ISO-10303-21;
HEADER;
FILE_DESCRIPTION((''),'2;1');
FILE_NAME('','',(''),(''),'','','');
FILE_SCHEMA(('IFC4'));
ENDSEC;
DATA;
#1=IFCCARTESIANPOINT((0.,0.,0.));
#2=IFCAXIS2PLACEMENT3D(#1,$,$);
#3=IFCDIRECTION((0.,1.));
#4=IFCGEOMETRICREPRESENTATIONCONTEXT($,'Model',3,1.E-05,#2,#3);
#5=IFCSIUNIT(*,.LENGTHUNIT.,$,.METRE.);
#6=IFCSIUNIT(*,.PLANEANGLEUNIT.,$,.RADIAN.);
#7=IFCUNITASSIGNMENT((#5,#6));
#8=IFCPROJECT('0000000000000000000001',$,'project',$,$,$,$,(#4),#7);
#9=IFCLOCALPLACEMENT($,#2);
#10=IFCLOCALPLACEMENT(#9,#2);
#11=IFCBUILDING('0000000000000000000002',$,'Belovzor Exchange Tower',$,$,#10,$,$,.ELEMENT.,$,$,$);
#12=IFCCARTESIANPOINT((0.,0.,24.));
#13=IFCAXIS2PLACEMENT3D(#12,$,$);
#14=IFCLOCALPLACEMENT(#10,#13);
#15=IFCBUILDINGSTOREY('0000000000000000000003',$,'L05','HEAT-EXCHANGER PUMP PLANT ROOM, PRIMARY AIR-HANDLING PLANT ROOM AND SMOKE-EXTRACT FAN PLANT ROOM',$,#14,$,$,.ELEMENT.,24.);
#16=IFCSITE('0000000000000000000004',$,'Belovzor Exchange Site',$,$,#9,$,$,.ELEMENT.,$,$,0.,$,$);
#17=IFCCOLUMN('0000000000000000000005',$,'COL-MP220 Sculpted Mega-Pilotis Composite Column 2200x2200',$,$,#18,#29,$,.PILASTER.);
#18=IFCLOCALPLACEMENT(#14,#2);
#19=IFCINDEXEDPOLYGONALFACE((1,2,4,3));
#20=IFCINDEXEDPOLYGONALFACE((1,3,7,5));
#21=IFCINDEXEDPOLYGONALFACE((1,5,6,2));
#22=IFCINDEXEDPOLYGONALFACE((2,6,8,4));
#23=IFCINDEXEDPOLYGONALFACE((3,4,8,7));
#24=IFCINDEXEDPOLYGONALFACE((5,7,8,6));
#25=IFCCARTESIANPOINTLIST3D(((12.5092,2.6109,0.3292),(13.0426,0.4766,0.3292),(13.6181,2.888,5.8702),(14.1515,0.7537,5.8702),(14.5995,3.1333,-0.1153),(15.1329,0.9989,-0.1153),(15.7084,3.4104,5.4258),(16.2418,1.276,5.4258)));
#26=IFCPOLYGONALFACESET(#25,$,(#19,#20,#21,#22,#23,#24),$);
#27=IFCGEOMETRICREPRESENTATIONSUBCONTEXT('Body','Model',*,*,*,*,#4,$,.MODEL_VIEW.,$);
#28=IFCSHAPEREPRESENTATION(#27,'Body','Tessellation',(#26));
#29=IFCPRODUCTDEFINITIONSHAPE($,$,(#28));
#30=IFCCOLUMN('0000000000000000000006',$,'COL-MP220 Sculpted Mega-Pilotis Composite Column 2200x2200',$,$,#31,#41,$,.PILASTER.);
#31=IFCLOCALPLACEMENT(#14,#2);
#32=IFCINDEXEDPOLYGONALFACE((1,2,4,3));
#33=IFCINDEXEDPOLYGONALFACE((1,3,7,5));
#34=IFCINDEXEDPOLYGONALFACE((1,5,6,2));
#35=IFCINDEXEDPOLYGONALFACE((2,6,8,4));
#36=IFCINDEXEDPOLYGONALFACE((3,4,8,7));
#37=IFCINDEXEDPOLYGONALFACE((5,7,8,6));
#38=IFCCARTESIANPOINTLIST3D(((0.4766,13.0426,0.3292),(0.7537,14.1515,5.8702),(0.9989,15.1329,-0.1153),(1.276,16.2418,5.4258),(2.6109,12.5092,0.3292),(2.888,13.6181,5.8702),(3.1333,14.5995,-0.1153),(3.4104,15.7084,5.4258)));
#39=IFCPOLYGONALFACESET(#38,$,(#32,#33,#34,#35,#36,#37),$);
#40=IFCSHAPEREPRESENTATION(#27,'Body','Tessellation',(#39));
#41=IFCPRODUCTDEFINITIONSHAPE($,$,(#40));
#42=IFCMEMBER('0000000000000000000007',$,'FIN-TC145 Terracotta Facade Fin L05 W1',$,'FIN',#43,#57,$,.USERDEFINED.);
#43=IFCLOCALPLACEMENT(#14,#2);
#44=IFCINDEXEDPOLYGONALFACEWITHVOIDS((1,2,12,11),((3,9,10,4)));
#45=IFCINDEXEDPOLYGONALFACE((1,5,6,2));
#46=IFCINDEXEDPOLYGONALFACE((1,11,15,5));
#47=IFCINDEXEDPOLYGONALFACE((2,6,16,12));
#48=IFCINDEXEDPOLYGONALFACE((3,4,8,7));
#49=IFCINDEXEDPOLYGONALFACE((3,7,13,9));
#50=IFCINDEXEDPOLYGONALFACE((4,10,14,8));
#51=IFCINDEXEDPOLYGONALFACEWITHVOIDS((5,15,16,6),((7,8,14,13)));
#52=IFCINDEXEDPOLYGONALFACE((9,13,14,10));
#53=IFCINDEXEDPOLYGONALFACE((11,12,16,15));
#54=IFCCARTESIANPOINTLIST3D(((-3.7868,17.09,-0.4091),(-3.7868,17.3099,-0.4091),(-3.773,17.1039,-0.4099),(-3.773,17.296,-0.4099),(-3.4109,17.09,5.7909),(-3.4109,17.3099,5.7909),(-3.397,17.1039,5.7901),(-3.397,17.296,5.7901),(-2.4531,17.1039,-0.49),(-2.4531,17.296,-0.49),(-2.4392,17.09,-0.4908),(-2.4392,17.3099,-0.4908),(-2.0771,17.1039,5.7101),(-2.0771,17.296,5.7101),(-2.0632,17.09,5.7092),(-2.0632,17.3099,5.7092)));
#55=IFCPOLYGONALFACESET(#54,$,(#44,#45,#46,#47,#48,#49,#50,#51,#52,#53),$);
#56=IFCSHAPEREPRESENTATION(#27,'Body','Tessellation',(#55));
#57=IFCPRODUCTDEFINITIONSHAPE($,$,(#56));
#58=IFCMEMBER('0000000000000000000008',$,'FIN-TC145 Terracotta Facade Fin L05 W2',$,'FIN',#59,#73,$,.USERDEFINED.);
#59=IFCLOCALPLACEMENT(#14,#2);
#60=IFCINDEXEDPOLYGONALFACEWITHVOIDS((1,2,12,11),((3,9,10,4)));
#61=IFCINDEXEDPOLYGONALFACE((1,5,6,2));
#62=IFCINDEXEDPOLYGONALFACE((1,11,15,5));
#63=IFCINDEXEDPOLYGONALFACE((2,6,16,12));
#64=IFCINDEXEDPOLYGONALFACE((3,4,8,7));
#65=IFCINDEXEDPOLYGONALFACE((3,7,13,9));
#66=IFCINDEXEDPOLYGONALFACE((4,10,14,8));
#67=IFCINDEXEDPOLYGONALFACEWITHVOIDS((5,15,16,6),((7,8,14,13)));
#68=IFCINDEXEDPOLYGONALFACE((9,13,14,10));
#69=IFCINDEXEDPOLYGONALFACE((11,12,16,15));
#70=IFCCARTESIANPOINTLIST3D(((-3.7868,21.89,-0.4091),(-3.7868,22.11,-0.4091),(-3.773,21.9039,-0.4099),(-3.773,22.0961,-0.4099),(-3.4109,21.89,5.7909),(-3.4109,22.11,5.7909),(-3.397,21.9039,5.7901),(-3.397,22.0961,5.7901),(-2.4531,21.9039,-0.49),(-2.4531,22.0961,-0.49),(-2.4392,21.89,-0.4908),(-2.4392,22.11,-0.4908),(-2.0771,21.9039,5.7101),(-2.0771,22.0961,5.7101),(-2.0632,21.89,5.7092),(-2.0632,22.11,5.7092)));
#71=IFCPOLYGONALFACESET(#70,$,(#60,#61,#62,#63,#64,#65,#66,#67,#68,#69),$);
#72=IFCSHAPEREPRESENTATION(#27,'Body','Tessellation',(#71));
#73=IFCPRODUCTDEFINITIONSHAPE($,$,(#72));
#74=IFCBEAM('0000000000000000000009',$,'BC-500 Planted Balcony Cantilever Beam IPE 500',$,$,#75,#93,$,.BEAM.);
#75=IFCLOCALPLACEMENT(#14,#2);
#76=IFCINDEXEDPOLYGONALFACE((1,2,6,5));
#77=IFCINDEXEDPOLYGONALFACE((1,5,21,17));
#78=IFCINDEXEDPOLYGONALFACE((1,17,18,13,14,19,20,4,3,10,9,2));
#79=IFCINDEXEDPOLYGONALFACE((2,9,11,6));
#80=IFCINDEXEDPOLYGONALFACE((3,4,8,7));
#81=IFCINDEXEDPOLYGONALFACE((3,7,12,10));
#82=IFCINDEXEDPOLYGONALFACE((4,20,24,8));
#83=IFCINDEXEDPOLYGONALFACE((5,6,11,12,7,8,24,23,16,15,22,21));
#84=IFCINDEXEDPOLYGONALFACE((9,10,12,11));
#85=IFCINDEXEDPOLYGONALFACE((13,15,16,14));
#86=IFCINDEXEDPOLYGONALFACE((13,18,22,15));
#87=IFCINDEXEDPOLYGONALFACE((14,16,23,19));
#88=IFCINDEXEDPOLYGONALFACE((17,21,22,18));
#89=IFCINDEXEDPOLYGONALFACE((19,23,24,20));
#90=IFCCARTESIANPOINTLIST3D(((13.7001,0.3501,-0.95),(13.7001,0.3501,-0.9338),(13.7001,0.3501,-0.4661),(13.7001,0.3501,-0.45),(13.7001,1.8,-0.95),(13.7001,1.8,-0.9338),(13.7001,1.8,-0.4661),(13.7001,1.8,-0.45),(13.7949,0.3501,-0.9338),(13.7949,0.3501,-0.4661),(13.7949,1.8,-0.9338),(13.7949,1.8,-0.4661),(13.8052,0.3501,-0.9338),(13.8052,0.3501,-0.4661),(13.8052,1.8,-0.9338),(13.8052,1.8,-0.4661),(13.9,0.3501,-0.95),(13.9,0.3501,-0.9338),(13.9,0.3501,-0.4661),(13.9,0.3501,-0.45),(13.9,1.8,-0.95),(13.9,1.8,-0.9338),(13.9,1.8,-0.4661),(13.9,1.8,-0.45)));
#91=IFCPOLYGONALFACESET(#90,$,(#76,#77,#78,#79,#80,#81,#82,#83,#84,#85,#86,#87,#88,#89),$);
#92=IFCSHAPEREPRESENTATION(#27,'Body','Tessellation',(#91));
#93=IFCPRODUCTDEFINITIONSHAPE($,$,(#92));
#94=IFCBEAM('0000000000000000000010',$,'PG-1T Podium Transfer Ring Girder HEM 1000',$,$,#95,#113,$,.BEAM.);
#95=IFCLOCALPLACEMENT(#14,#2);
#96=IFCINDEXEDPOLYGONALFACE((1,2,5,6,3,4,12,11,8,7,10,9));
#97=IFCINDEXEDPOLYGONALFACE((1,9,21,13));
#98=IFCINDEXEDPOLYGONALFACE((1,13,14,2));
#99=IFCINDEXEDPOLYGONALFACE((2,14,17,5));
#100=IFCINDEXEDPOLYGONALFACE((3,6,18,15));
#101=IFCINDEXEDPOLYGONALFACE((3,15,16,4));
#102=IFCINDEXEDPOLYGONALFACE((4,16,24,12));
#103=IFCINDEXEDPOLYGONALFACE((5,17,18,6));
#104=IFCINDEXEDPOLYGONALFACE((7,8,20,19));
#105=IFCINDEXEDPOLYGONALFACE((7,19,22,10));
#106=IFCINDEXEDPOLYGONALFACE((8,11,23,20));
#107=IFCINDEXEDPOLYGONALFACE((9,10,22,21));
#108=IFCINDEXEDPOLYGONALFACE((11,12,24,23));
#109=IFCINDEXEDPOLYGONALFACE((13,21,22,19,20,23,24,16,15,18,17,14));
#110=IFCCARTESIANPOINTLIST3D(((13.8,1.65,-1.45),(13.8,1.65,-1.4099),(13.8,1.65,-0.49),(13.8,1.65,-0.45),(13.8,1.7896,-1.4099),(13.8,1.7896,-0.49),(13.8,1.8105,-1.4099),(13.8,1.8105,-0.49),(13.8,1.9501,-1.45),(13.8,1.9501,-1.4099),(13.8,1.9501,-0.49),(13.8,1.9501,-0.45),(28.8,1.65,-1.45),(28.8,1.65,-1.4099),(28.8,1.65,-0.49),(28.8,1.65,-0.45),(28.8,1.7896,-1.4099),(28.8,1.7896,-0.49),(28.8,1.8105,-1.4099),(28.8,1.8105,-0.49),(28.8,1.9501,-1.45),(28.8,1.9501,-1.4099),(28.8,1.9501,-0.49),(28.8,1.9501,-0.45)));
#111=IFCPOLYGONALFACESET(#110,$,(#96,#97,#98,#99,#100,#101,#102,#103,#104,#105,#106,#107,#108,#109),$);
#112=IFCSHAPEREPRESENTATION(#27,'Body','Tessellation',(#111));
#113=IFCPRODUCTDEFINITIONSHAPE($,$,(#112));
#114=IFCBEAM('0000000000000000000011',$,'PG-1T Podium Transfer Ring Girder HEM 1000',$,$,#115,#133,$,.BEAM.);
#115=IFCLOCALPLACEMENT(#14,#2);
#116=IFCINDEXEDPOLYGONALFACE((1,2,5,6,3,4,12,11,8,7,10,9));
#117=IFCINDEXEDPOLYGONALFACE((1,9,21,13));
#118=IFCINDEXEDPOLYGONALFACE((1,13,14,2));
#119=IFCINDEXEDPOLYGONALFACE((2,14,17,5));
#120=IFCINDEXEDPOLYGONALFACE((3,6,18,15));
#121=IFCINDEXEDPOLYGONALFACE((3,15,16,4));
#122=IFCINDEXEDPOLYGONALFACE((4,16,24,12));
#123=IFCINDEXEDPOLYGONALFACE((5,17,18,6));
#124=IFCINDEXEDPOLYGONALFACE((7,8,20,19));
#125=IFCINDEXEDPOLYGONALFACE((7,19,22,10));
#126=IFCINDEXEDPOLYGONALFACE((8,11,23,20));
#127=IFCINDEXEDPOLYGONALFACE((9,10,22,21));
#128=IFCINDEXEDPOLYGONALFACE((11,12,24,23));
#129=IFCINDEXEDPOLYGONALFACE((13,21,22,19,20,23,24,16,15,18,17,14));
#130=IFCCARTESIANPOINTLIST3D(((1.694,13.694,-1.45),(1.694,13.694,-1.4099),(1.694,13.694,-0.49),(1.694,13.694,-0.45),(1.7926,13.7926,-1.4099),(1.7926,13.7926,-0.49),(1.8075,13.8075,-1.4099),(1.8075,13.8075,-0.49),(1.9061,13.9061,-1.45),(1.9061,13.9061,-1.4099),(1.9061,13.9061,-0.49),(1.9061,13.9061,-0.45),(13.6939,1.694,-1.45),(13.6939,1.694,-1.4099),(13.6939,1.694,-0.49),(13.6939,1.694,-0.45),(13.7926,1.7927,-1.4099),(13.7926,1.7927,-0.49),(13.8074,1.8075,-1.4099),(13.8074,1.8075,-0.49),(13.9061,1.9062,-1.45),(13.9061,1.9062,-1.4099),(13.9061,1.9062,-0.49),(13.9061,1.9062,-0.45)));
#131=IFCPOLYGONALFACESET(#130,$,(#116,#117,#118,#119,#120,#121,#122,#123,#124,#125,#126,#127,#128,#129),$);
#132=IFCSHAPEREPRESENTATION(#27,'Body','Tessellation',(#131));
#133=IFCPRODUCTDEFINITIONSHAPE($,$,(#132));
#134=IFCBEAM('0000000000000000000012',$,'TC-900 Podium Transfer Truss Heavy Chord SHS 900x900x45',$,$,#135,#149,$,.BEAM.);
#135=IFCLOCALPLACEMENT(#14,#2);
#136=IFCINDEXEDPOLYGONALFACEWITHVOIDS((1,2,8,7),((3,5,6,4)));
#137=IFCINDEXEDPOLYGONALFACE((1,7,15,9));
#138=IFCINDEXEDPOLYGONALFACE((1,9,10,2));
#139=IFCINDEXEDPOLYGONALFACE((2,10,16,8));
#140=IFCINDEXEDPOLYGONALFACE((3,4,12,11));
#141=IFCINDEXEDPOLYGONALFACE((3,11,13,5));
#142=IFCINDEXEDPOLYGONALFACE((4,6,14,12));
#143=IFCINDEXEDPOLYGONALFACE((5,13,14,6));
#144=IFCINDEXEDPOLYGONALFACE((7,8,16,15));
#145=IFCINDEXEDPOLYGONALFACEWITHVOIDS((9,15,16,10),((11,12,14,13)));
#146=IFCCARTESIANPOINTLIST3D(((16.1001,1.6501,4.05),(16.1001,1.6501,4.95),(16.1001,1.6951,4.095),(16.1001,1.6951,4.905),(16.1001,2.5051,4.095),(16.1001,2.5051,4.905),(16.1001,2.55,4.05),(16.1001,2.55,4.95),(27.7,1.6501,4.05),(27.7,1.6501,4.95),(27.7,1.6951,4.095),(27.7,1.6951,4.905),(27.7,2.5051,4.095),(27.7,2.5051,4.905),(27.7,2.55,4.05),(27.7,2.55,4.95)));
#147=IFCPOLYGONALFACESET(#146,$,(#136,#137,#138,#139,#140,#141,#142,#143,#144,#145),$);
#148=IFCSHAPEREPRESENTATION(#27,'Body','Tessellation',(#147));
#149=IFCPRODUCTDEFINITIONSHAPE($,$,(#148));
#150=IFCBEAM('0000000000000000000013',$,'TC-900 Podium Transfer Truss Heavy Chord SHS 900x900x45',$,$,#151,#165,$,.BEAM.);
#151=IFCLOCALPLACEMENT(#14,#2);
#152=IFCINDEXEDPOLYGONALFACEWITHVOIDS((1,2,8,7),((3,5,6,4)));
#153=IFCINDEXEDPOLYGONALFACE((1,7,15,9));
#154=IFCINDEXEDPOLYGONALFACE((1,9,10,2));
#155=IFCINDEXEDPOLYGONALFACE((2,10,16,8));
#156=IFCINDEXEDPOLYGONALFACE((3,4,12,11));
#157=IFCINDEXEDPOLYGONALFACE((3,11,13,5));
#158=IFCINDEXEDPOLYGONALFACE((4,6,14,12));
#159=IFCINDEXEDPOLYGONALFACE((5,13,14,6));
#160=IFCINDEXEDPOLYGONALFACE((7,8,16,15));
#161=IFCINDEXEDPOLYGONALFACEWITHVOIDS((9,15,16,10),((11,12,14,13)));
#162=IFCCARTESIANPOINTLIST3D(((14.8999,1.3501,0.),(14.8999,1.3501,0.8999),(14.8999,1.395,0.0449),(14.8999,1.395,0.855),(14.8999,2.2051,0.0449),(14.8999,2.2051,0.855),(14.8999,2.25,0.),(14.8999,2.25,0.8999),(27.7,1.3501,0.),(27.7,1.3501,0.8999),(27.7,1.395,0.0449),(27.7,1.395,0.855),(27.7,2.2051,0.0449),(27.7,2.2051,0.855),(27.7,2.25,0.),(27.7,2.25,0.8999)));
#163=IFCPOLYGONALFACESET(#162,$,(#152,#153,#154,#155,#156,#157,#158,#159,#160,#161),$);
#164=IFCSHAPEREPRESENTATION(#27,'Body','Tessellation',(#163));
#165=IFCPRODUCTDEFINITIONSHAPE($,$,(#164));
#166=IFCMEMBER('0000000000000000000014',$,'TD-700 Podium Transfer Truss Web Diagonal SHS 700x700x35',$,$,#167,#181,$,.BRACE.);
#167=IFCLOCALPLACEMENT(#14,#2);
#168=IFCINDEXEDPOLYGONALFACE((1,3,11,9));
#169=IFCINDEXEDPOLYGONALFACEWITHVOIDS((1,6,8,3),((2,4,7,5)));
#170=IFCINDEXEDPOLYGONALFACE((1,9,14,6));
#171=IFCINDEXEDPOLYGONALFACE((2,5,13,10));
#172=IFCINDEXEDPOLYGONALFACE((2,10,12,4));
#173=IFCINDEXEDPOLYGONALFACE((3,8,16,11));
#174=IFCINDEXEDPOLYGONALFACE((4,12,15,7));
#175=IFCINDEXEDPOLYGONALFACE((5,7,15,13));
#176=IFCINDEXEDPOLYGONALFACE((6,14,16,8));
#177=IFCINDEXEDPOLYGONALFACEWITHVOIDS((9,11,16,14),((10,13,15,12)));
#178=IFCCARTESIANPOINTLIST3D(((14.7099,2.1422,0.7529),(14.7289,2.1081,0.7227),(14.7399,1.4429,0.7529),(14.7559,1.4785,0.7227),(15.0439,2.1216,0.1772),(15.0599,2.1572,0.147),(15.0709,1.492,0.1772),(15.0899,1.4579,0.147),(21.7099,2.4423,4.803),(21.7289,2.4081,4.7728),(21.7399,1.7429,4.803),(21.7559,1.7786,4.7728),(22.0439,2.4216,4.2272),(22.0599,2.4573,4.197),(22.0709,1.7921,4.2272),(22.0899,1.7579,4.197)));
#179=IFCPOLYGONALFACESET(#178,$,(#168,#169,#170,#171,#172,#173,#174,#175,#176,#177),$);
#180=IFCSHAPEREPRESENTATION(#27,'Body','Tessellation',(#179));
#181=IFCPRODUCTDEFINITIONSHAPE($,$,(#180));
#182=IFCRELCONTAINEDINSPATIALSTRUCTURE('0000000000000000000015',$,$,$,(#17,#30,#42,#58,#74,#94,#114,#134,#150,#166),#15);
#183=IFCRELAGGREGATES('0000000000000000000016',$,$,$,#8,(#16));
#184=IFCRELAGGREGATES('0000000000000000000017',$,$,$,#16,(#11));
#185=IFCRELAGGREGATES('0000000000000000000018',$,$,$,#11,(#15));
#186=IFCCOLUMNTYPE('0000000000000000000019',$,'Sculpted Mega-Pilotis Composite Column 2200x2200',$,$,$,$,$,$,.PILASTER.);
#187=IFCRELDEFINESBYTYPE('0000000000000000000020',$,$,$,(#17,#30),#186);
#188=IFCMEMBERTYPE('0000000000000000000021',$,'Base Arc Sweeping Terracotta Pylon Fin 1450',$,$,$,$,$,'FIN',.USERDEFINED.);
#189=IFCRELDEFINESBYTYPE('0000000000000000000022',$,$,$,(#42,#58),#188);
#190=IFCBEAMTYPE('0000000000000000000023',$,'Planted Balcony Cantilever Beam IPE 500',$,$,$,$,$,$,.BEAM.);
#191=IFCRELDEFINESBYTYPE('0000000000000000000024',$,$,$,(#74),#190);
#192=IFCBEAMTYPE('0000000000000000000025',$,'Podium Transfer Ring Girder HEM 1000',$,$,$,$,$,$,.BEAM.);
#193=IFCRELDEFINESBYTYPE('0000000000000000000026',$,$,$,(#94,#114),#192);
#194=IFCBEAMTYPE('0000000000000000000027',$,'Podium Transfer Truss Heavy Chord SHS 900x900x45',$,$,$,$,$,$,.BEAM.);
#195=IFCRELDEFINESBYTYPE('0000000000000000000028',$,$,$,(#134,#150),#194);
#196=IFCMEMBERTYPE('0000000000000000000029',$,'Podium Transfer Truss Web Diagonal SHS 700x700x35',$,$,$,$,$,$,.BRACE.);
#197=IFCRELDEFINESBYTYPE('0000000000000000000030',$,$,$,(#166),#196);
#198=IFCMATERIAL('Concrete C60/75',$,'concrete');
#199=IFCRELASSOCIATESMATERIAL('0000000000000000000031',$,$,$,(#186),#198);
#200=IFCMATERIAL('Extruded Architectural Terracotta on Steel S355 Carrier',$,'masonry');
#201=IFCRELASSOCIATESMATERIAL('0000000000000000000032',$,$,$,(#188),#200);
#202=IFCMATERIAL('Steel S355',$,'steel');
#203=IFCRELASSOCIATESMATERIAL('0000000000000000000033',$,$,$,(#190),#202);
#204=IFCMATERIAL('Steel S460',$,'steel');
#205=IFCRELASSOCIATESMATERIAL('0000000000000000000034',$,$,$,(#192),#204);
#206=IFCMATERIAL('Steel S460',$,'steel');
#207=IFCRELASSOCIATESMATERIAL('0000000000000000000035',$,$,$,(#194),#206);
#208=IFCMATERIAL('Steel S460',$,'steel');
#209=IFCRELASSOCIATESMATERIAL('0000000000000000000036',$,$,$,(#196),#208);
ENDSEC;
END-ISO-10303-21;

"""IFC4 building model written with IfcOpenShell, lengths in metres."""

from ifc_helpers import new_model, si_unit, direction, frame, origin, origin_2d, place, context, subcontext, project, spatial, rectangle, hollow_rectangle, i_section, extrude, material, material_profile, profile_set, type_object, element, save


model = new_model("IFC4")

# Units and contexts
model_context = context("Model", 3, precision=1e-05, world=origin(), true_north=direction((0.0, 1.0)))
body_context = subcontext(model_context, "Body", "Model", "MODEL_VIEW")
ifc_project = project(units=[si_unit("LENGTHUNIT", "METRE"), si_unit("PLANEANGLEUNIT", "RADIAN")], contexts=[model_context])

# Site, building, storey
site_placement = place(None, origin())
site = spatial("IfcSite", under=ifc_project, at=site_placement, Name="Belovzor Exchange Site", CompositionType="ELEMENT", RefElevation=0.0)
building_placement = place(site_placement, origin())
building = spatial("IfcBuilding", under=site, at=building_placement, Name="Belovzor Exchange Tower", CompositionType="ELEMENT")
storey_placement = place(building_placement, frame((0.0, 0.0, 24.0)))
storey = spatial("IfcBuildingStorey", under=building, at=storey_placement, Name="L05", Description="HEAT-EXCHANGER PUMP PLANT ROOM, PRIMARY AIR-HANDLING PLANT ROOM AND SMOKE-EXTRACT FAN PLANT ROOM", CompositionType="ELEMENT", Elevation=24.0)

# Columns
ifc_material_1 = material(Name="Concrete C60/75", Category="concrete")
ifc_material_profile_1 = material_profile(ifc_material_1, rectangle(XDim=2.2, YDim=2.2, at=origin_2d()))
ifc_profile_set_1 = profile_set([ifc_material_profile_1], Name="Concrete C60/75")
column_type = type_object("IfcColumnType", Name="Sculpted Mega-Pilotis Composite Column 2200x2200", PredefinedType="PILASTER", material=ifc_profile_set_1)
for number, where, z_axis, x_axis, name in (
    (1, (13.821, 1.8049, 0.1069), (0.195997, 0.048978, 0.979381), (-0.242435, 0.970168, 0.0), "COL-MP220 Sculpted Mega-Pilotis Composite Column 2200x2200"),
    (2, (1.8049, 13.821, 0.1069), (0.048978, 0.195997, 0.979381), (-0.970168, 0.242435, 0.0), "COL-MP220 Sculpted Mega-Pilotis Composite Column 2200x2200"),
):
    element("IfcColumn", number, at=place(storey_placement, frame(where, z_axis=z_axis, x_axis=x_axis)), inside=storey, type_object=column_type, Name=name, PredefinedType="PILASTER", context=body_context, shape_type="SweptSolid", body=[
        extrude(rectangle(XDim=2.2, YDim=2.2, at=origin_2d()), origin(), (0.0, 0.0, 1.0), 5.6577),
    ])

# Members
ifc_material_2 = material(Name="Extruded Architectural Terracotta on Steel S355 Carrier", Category="masonry")
ifc_material_profile_2 = material_profile(ifc_material_2, hollow_rectangle(XDim=0.22, YDim=1.3501, WallThickness=0.0139, at=origin_2d()))
ifc_profile_set_2 = profile_set([ifc_material_profile_2], Name="Extruded Architectural Terracotta on Steel S355 Carrier")
member_type_1 = type_object("IfcMemberType", Name="Base Arc Sweeping Terracotta Pylon Fin 1450", ElementType="FIN", PredefinedType="USERDEFINED", material=ifc_profile_set_2)
for number, where, z_axis, x_axis, name in (
    (3, (-3.113, 17.2, -0.45), (0.060531, 0.0, 0.998166), (0.0, 1.0, 0.0), "FIN-TC145 Terracotta Facade Fin L05 W1"),
    (4, (-3.113, 22.0, -0.45), (0.060531, 0.0, 0.998166), (0.0, 1.0, 0.0), "FIN-TC145 Terracotta Facade Fin L05 W2"),
):
    element("IfcMember", number, at=place(storey_placement, frame(where, z_axis=z_axis, x_axis=x_axis)), inside=storey, type_object=member_type_1, Name=name, ObjectType="FIN", PredefinedType="USERDEFINED", context=body_context, shape_type="SweptSolid", body=[
        extrude(hollow_rectangle(XDim=0.22, YDim=1.3501, WallThickness=0.0139, at=origin_2d()), origin(), (0.0, 0.0, 1.0), 6.2114),
    ])

# Beams
ifc_material_3 = material(Name="Steel S355", Category="steel")
ifc_material_profile_3 = material_profile(ifc_material_3, i_section(OverallWidth=0.2, OverallDepth=0.5, WebThickness=0.0103, FlangeThickness=0.0161, at=origin_2d()))
ifc_profile_set_3 = profile_set([ifc_material_profile_3], Name="Steel S355")
beam_type_1 = type_object("IfcBeamType", Name="Planted Balcony Cantilever Beam IPE 500", PredefinedType="BEAM", material=ifc_profile_set_3)
beam_1_placement = place(storey_placement, frame((13.8, 1.8, -0.7), z_axis=(0.0, -1.0, 0.0), x_axis=(1.0, 0.0, 0.0)))
element("IfcBeam", 5, at=beam_1_placement, inside=storey, type_object=beam_type_1, Name="BC-500 Planted Balcony Cantilever Beam IPE 500", PredefinedType="BEAM", context=body_context, shape_type="SweptSolid", body=[
    extrude(i_section(OverallWidth=0.2, OverallDepth=0.5, WebThickness=0.0103, FlangeThickness=0.0161, at=origin_2d()), origin(), (0.0, 0.0, 1.0), 1.45),
])
ifc_material_4 = material(Name="Steel S460", Category="steel")
ifc_material_profile_4 = material_profile(ifc_material_4, i_section(OverallWidth=0.3, OverallDepth=1.0, WebThickness=0.021, FlangeThickness=0.04, at=origin_2d()))
ifc_profile_set_4 = profile_set([ifc_material_profile_4], Name="Steel S460")
beam_type_2 = type_object("IfcBeamType", Name="Podium Transfer Ring Girder HEM 1000", PredefinedType="BEAM", material=ifc_profile_set_4)
beam_2_placement = place(storey_placement, frame((13.8, 1.8, -0.95), z_axis=(1.0, 0.0, 0.0), x_axis=(0.0, 1.0, 0.0)))
element("IfcBeam", 6, at=beam_2_placement, inside=storey, type_object=beam_type_2, Name="PG-1T Podium Transfer Ring Girder HEM 1000", PredefinedType="BEAM", context=body_context, shape_type="SweptSolid", body=[
    extrude(i_section(OverallWidth=0.3, OverallDepth=1.0, WebThickness=0.021, FlangeThickness=0.04, at=origin_2d()), origin(), (0.0, 0.0, 1.0), 15.0),
])
beam_3_placement = place(storey_placement, frame((1.8, 13.8, -0.95), z_axis=(0.707107, -0.707107, 0.0), x_axis=(0.707107, 0.707107, 0.0)))
element("IfcBeam", 7, at=beam_3_placement, inside=storey, type_object=beam_type_2, Name="PG-1T Podium Transfer Ring Girder HEM 1000", PredefinedType="BEAM", context=body_context, shape_type="SweptSolid", body=[
    extrude(i_section(OverallWidth=0.3, OverallDepth=1.0, WebThickness=0.021, FlangeThickness=0.04, at=origin_2d()), origin(), (0.0, 0.0, 1.0), 16.9705),
])
ifc_material_5 = material(Name="Steel S460", Category="steel")
ifc_material_profile_5 = material_profile(ifc_material_5, hollow_rectangle(XDim=0.8999, YDim=0.8999, WallThickness=0.0449, at=origin_2d()))
ifc_profile_set_5 = profile_set([ifc_material_profile_5], Name="Steel S460")
beam_type_3 = type_object("IfcBeamType", Name="Podium Transfer Truss Heavy Chord SHS 900x900x45", PredefinedType="BEAM", material=ifc_profile_set_5)
beam_4_placement = place(storey_placement, frame((16.1001, 2.1001, 4.5), z_axis=(1.0, 0.0, 0.0), x_axis=(0.0, 1.0, 0.0)))
element("IfcBeam", 8, at=beam_4_placement, inside=storey, type_object=beam_type_3, Name="TC-900 Podium Transfer Truss Heavy Chord SHS 900x900x45", PredefinedType="BEAM", context=body_context, shape_type="SweptSolid", body=[
    extrude(hollow_rectangle(XDim=0.8999, YDim=0.8999, WallThickness=0.0449, at=origin_2d()), origin(), (0.0, 0.0, 1.0), 11.5999),
])
beam_5_placement = place(storey_placement, frame((14.8999, 1.8, 0.45), z_axis=(1.0, 0.0, 0.0), x_axis=(0.0, 1.0, 0.0)))
element("IfcBeam", 9, at=beam_5_placement, inside=storey, type_object=beam_type_3, Name="TC-900 Podium Transfer Truss Heavy Chord SHS 900x900x45", PredefinedType="BEAM", context=body_context, shape_type="SweptSolid", body=[
    extrude(hollow_rectangle(XDim=0.8999, YDim=0.8999, WallThickness=0.0449, at=origin_2d()), origin(), (0.0, 0.0, 1.0), 12.8),
])

# Member
ifc_material_6 = material(Name="Steel S460", Category="steel")
ifc_material_profile_6 = material_profile(ifc_material_6, hollow_rectangle(XDim=0.7, YDim=0.7, WallThickness=0.0349, at=origin_2d()))
ifc_profile_set_6 = profile_set([ifc_material_profile_6], Name="Steel S460")
member_type_2 = type_object("IfcMemberType", Name="Podium Transfer Truss Web Diagonal SHS 700x700x35", PredefinedType="BRACE", material=ifc_profile_set_6)
for number, where, z_axis, x_axis, name in (
    (10, (14.8999, 1.8, 0.45), (0.86497, 0.037076, 0.500453), (-0.042825, 0.999083, 0.0), "TD-700 Podium Transfer Truss Web Diagonal SHS 700x700x35"),
):
    element("IfcMember", number, at=place(storey_placement, frame(where, z_axis=z_axis, x_axis=x_axis)), inside=storey, type_object=member_type_2, Name=name, PredefinedType="BRACE", context=body_context, shape_type="SweptSolid", body=[
        extrude(hollow_rectangle(XDim=0.7, YDim=0.7, WallThickness=0.0349, at=origin_2d()), origin(), (0.0, 0.0, 1.0), 8.0928),
    ])

save(model, "model.ifc")
